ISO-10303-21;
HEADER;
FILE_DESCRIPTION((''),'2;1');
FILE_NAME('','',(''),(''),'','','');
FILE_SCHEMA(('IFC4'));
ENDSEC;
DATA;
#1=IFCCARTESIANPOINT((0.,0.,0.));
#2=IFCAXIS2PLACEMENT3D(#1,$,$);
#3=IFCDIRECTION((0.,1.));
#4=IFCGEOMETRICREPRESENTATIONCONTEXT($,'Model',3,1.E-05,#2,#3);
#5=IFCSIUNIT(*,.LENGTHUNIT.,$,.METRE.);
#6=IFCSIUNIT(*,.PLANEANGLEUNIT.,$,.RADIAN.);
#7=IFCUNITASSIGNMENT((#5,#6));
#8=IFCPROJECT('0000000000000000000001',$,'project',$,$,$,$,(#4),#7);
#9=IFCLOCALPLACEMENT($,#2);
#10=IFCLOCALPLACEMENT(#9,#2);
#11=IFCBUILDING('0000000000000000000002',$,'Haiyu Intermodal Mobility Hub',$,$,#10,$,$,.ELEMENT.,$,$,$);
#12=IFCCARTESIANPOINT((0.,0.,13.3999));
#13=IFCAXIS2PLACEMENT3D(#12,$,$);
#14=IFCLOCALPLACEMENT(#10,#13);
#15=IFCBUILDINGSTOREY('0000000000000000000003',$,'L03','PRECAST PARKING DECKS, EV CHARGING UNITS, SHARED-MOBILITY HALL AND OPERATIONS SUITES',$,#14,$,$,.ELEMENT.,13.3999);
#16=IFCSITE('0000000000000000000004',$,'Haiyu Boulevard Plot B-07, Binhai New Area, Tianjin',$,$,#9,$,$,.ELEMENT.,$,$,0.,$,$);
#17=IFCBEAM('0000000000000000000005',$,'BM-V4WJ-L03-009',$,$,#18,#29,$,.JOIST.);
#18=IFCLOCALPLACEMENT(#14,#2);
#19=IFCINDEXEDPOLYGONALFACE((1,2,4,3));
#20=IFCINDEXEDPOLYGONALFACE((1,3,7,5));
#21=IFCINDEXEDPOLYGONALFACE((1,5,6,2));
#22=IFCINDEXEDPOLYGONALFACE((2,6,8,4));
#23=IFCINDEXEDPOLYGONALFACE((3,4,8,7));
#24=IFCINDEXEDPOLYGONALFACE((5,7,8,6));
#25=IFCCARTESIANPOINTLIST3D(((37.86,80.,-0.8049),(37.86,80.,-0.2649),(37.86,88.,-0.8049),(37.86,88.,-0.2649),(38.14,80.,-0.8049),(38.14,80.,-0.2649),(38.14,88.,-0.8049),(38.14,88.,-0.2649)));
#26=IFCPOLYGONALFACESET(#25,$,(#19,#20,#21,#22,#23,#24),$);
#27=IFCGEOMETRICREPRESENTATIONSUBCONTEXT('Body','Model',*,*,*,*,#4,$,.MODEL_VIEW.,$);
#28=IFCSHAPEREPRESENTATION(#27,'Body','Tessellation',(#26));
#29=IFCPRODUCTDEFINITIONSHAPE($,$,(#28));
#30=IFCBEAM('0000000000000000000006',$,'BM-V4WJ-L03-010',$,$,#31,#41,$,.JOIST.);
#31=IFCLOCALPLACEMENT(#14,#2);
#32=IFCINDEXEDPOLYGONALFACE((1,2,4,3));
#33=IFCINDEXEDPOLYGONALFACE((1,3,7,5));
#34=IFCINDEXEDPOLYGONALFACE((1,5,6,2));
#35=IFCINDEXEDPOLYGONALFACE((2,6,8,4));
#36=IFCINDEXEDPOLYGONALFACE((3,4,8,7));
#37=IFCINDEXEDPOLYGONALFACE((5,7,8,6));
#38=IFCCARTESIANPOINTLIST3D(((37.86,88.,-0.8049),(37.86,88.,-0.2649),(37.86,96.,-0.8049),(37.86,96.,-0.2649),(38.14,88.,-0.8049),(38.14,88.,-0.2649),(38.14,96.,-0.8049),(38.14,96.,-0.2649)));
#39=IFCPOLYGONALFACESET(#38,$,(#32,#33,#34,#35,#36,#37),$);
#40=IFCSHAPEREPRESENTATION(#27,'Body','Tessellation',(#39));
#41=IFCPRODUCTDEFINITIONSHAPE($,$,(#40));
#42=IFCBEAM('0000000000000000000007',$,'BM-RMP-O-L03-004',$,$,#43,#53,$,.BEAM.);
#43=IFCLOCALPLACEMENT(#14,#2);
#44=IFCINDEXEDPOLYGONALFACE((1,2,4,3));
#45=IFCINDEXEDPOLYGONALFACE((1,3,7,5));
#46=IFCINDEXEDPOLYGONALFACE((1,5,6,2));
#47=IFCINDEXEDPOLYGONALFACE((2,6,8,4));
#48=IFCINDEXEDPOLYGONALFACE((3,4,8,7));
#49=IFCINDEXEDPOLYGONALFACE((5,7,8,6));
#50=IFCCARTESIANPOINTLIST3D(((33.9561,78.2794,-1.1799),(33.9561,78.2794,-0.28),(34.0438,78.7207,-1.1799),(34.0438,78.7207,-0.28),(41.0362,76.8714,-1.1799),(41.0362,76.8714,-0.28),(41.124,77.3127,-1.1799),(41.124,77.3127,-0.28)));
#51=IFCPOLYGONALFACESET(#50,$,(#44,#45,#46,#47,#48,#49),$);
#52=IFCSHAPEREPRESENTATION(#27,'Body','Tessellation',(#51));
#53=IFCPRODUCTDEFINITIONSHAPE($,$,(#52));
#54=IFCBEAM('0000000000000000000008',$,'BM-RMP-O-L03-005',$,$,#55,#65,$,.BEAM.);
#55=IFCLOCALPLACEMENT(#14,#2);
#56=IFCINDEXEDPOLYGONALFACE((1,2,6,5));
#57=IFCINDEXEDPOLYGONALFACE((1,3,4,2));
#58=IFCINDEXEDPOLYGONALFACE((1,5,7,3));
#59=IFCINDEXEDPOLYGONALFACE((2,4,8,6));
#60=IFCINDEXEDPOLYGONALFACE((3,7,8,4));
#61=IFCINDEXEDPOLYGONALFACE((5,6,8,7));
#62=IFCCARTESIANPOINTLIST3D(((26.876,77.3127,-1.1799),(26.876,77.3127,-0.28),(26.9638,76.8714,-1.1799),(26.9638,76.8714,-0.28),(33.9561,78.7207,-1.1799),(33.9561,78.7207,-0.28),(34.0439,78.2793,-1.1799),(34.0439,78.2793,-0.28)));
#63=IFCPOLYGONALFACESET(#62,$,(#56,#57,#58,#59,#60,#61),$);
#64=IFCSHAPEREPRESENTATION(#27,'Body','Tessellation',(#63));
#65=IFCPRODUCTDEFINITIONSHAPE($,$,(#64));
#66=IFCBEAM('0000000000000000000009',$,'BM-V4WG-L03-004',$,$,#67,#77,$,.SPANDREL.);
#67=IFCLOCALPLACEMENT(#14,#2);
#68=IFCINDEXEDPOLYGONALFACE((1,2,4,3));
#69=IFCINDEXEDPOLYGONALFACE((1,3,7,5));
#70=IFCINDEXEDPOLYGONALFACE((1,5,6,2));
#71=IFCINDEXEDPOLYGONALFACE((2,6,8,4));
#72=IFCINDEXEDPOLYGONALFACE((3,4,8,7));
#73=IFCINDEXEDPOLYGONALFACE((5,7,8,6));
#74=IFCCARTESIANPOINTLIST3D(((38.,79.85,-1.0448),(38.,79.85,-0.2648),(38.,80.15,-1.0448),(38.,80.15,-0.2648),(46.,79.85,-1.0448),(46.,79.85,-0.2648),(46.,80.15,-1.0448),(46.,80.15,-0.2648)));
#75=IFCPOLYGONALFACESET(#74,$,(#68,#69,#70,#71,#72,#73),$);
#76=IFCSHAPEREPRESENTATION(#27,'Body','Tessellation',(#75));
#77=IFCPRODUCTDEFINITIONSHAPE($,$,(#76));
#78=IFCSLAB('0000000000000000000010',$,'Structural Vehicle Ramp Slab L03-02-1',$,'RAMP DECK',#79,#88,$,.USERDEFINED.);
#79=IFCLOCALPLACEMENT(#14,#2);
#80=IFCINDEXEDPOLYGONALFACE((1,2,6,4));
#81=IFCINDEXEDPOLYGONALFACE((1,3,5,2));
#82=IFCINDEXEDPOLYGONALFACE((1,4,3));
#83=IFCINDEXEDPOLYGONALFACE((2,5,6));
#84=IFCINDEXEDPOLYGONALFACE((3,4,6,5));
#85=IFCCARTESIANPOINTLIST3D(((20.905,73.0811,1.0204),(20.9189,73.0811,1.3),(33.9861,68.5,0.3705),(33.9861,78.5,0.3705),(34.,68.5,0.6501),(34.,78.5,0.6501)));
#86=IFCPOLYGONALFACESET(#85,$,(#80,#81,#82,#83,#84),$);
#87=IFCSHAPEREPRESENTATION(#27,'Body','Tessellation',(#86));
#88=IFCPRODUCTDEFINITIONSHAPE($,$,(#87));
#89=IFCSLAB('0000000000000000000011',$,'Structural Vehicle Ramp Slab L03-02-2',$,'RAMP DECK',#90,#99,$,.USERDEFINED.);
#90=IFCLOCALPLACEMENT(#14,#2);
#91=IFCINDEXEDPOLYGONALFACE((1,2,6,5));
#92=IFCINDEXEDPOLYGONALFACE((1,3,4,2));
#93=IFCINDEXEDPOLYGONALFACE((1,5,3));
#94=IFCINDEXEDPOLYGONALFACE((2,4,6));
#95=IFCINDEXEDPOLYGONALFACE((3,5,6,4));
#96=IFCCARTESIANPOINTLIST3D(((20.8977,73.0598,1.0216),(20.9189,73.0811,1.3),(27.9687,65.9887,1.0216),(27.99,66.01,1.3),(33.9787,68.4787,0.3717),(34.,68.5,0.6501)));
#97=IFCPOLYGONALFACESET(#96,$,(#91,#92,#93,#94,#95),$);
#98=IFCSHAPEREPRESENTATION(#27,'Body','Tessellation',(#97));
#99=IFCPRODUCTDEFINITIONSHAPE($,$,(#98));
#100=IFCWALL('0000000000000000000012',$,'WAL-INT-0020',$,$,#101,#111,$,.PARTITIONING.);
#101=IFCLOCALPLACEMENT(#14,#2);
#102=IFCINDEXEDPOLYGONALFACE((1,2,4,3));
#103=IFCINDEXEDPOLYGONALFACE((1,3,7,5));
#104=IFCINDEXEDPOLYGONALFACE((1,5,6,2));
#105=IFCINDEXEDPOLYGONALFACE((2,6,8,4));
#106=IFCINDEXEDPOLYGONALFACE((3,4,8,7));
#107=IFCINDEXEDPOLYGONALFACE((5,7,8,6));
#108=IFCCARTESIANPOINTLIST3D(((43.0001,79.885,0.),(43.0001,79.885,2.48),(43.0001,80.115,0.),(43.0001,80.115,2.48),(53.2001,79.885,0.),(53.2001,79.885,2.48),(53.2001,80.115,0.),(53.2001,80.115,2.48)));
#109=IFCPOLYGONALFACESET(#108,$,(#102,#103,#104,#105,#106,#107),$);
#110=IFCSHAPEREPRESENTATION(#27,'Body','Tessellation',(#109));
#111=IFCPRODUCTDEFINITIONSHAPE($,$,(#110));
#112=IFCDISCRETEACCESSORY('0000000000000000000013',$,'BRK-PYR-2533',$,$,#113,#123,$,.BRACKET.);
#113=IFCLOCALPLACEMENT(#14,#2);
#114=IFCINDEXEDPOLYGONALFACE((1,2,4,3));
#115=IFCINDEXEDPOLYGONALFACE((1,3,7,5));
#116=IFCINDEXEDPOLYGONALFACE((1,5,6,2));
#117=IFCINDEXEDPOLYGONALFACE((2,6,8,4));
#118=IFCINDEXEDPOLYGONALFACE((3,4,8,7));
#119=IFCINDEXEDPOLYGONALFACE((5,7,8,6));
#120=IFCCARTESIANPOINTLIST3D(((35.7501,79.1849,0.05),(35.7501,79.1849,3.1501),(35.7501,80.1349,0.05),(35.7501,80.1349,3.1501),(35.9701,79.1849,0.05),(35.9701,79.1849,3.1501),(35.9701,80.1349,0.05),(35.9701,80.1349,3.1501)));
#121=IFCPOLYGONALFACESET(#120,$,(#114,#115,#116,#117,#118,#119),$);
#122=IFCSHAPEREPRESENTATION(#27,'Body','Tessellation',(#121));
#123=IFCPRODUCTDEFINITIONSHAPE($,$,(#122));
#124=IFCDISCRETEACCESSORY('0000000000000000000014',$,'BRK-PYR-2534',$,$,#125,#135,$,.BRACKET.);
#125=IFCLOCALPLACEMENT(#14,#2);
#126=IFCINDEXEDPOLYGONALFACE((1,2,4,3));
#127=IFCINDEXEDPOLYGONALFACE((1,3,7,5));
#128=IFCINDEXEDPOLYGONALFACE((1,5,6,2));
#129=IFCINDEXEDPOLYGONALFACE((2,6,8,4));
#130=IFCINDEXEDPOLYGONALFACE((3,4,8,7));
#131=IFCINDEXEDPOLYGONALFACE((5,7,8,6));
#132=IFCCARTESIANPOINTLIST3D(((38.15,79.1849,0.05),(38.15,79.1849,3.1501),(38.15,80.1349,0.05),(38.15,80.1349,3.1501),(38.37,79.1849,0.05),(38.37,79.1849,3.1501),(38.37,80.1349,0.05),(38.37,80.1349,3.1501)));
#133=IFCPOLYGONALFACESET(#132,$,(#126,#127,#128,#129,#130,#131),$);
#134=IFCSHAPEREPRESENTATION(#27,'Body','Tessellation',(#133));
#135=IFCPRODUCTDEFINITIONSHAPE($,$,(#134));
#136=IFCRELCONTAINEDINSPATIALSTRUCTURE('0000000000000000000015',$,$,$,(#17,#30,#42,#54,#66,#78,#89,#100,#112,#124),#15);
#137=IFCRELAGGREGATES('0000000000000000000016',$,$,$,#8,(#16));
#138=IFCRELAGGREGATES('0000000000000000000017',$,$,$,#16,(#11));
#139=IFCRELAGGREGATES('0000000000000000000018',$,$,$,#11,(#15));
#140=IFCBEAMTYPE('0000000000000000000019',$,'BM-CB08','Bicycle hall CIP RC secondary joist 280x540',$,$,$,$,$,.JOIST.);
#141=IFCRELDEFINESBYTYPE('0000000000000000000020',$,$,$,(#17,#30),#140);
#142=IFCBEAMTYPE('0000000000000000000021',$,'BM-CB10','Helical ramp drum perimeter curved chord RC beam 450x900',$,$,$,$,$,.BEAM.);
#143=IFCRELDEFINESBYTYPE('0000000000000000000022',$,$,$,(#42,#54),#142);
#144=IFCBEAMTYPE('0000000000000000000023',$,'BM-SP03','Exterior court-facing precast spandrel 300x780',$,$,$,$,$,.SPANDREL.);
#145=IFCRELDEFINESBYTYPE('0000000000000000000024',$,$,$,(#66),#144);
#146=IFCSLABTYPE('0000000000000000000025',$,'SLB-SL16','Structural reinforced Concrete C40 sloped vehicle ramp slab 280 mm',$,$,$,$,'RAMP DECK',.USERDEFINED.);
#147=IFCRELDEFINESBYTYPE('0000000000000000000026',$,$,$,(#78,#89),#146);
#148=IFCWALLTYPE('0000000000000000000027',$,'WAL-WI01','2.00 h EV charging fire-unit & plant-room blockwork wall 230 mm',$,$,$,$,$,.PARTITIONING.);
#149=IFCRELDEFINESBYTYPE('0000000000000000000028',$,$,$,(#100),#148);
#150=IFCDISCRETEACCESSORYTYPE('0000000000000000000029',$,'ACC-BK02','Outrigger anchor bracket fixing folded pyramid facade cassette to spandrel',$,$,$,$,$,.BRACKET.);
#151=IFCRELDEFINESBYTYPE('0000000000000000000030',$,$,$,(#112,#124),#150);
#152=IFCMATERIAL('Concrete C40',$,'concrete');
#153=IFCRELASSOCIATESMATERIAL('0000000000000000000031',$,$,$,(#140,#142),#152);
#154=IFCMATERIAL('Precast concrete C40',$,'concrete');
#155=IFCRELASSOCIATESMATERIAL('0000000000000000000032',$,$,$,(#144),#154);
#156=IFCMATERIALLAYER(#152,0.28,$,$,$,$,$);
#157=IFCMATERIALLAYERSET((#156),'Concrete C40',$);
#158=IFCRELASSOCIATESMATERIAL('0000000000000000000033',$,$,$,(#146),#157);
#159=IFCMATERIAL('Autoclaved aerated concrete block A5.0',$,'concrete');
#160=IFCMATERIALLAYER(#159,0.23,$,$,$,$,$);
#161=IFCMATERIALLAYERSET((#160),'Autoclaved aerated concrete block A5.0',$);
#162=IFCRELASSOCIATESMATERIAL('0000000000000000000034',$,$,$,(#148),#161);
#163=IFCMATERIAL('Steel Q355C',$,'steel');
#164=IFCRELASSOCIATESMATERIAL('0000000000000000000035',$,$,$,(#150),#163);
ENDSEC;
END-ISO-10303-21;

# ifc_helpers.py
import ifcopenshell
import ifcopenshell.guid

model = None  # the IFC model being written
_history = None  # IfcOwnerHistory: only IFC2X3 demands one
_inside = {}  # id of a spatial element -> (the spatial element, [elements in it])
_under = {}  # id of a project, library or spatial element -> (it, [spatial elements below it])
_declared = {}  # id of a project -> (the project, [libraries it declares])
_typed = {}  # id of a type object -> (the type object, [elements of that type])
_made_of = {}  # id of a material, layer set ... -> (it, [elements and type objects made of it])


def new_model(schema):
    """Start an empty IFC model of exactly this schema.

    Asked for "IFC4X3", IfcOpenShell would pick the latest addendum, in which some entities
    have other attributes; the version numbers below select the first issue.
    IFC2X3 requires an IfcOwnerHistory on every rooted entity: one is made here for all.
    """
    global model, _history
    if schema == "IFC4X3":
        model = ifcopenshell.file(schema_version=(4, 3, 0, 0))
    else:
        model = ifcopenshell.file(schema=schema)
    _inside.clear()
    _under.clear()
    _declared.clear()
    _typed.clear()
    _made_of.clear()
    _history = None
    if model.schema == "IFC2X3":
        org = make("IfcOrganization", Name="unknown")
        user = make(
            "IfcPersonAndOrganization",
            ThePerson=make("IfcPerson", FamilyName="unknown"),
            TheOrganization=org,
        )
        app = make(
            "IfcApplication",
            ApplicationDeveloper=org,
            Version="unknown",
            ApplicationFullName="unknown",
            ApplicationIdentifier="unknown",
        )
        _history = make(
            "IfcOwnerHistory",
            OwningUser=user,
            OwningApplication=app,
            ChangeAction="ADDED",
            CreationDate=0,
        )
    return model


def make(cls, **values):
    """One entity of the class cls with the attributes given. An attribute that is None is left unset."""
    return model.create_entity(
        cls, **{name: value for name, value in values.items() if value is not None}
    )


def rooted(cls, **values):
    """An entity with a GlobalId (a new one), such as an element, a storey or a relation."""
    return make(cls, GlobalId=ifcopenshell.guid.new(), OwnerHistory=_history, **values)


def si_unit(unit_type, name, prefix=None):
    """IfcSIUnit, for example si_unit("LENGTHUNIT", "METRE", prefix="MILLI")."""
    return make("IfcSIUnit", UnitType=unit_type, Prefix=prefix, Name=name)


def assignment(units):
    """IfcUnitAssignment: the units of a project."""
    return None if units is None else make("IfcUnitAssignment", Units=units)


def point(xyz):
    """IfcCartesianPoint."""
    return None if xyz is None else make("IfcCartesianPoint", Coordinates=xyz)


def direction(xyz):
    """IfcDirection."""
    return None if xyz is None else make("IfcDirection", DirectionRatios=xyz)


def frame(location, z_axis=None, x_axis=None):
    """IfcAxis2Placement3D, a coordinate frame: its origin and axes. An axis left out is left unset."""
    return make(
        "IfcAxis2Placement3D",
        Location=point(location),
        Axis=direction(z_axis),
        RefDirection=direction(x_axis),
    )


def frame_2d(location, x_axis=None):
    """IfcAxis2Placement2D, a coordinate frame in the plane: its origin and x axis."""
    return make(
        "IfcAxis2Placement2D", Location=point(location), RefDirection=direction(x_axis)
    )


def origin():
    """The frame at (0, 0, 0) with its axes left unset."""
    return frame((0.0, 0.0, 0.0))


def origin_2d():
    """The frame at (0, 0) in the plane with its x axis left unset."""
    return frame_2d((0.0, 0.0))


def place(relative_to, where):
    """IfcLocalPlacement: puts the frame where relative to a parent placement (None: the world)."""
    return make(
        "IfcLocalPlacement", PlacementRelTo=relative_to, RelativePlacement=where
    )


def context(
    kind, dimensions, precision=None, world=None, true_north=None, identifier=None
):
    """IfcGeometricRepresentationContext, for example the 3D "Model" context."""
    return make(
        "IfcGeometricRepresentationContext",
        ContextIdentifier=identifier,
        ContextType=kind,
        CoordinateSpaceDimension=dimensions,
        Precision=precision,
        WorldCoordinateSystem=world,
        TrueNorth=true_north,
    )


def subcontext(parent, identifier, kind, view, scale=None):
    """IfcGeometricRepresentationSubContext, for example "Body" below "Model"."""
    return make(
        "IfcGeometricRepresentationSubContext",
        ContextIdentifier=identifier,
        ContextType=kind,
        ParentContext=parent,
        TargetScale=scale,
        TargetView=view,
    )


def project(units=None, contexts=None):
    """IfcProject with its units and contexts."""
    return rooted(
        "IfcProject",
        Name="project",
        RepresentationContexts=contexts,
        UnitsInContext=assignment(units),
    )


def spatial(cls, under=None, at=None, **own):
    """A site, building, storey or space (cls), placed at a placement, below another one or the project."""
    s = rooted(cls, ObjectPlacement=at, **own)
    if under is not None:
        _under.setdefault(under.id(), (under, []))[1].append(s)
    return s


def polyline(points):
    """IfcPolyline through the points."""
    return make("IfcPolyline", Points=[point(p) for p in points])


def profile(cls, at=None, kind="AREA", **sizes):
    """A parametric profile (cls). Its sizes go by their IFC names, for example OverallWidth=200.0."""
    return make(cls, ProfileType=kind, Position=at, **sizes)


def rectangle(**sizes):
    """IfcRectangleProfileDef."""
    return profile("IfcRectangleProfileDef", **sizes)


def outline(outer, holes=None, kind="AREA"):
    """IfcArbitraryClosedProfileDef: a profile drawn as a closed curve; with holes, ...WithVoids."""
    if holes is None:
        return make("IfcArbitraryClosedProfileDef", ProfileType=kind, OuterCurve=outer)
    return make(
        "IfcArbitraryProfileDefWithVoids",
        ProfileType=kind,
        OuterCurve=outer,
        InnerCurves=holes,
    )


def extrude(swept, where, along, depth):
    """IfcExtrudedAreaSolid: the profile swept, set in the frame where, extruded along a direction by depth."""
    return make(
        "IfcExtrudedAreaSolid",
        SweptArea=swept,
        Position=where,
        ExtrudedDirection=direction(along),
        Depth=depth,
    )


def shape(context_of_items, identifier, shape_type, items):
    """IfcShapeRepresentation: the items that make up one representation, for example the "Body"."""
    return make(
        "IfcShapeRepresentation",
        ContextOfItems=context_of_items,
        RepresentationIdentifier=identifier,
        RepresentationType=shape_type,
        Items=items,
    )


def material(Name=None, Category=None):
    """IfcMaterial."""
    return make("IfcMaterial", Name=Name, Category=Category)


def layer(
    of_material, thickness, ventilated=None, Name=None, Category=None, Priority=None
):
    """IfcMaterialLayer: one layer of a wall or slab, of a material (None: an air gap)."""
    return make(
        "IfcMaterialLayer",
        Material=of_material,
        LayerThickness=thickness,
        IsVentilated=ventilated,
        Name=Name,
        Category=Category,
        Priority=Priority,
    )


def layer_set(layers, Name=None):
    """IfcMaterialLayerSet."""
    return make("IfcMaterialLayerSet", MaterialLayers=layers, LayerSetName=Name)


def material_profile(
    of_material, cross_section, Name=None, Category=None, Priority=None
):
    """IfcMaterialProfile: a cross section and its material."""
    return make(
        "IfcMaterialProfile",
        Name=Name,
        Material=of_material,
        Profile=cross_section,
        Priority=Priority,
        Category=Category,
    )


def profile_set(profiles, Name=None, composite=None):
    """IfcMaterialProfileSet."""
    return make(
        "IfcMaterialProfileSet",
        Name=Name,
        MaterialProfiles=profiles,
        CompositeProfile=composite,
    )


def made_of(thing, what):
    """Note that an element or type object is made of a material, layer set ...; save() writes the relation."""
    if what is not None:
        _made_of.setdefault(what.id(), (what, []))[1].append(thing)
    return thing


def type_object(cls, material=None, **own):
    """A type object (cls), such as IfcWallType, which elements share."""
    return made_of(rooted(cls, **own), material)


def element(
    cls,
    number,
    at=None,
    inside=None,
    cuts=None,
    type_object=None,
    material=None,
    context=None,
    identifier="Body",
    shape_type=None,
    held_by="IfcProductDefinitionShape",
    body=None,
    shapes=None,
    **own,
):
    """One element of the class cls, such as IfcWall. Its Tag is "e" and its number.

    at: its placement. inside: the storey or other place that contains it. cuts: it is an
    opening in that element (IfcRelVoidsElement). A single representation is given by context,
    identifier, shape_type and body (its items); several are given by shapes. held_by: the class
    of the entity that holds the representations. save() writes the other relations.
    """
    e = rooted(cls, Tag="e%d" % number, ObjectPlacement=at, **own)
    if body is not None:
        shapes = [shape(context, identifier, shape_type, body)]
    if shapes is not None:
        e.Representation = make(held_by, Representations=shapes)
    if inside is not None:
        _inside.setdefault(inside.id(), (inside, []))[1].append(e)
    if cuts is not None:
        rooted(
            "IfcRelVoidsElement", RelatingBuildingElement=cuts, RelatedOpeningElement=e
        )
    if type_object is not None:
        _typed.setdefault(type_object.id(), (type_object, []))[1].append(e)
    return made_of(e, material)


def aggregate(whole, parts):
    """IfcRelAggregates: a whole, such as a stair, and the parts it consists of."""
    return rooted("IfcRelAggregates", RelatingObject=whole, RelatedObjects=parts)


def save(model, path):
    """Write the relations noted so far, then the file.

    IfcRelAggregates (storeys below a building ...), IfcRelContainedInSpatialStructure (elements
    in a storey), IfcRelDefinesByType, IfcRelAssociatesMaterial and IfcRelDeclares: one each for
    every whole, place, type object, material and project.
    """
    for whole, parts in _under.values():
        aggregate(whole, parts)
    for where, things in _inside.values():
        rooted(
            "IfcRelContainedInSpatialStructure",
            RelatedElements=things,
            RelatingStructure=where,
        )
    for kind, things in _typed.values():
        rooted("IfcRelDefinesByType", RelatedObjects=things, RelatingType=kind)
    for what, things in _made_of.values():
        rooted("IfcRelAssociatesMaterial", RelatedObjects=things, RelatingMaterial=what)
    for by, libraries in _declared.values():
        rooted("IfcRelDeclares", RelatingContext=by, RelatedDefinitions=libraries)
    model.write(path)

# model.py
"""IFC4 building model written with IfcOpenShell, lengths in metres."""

from ifc_helpers import new_model, si_unit, direction, frame, frame_2d, origin, origin_2d, place, context, subcontext, project, spatial, polyline, rectangle, outline, extrude, material, layer, layer_set, material_profile, profile_set, type_object, element, save


model = new_model("IFC4")

# Units and contexts
model_context = context("Model", 3, precision=1e-05, world=origin(), true_north=direction((0.0, 1.0)))
body_context = subcontext(model_context, "Body", "Model", "MODEL_VIEW")
ifc_project = project(units=[si_unit("LENGTHUNIT", "METRE"), si_unit("PLANEANGLEUNIT", "RADIAN")], contexts=[model_context])

# Site, building, storey
site_placement = place(None, origin())
site = spatial("IfcSite", under=ifc_project, at=site_placement, Name="Haiyu Boulevard Plot B-07, Binhai New Area, Tianjin", CompositionType="ELEMENT", RefElevation=0.0)
building_placement = place(site_placement, origin())
building = spatial("IfcBuilding", under=site, at=building_placement, Name="Haiyu Intermodal Mobility Hub", CompositionType="ELEMENT")
storey_placement = place(building_placement, frame((0.0, 0.0, 13.3999)))
storey = spatial("IfcBuildingStorey", under=building, at=storey_placement, Name="L03", Description="PRECAST PARKING DECKS, EV CHARGING UNITS, SHARED-MOBILITY HALL AND OPERATIONS SUITES", CompositionType="ELEMENT", Elevation=13.3999)

# Shared definitions
ifc_material_1 = material(Name="Precast concrete C40", Category="concrete")
ifc_material_2 = material(Name="Concrete C40", Category="concrete")

# Beams
ifc_material_profile_1 = material_profile(ifc_material_2, rectangle(XDim=0.28, YDim=0.54, at=origin_2d()), Name="RCB280x540")
ifc_profile_set_1 = profile_set([ifc_material_profile_1], Name="Concrete C40")
beam_type_1 = type_object("IfcBeamType", Name="BM-CB08", Description="Bicycle hall CIP RC secondary joist 280x540", PredefinedType="JOIST", material=ifc_profile_set_1)
for number, where, z_axis, x_axis, name in (
    (1, (38.0, 80.0, -0.5349), (0.0, 1.0, 0.0), (-1.0, 0.0, 0.0), "BM-V4WJ-L03-009"),
    (2, (38.0, 88.0, -0.5349), (0.0, 1.0, 0.0), (-1.0, 0.0, 0.0), "BM-V4WJ-L03-010"),
):
    element("IfcBeam", number, at=place(storey_placement, frame(where, z_axis=z_axis, x_axis=x_axis)), inside=storey, type_object=beam_type_1, Name=name, PredefinedType="JOIST", context=body_context, shape_type="SweptSolid", body=[
        extrude(rectangle(XDim=0.28, YDim=0.54, at=origin_2d()), origin(), (0.0, 0.0, 1.0), 8.0),
    ])
ifc_material_profile_2 = material_profile(ifc_material_2, rectangle(XDim=0.45, YDim=0.8999, at=origin_2d()), Name="RCB450x900")
ifc_profile_set_2 = profile_set([ifc_material_profile_2], Name="Concrete C40")
beam_type_2 = type_object("IfcBeamType", Name="BM-CB10", Description="Helical ramp drum perimeter curved chord RC beam 450x900", PredefinedType="BEAM", material=ifc_profile_set_2)
for number, where, z_axis, x_axis, name in (
    (3, (41.0801, 77.092, -0.73), (-0.980795, 0.195043, 0.0), (-0.195043, -0.980795, 0.0), "BM-RMP-O-L03-004"),
    (4, (34.0, 78.5, -0.73), (-0.980795, -0.195043, 0.0), (0.195043, -0.980795, 0.0), "BM-RMP-O-L03-005"),
):
    element("IfcBeam", number, at=place(storey_placement, frame(where, z_axis=z_axis, x_axis=x_axis)), inside=storey, type_object=beam_type_2, Name=name, PredefinedType="BEAM", context=body_context, shape_type="SweptSolid", body=[
        extrude(rectangle(XDim=0.45, YDim=0.8999, at=origin_2d()), origin(), (0.0, 0.0, 1.0), 7.2188),
    ])
ifc_material_profile_3 = material_profile(ifc_material_1, rectangle(XDim=0.3, YDim=0.78, at=origin_2d()), Name="PC300x780")
ifc_profile_set_3 = profile_set([ifc_material_profile_3], Name="Precast concrete C40")
beam_type_3 = type_object("IfcBeamType", Name="BM-SP03", Description="Exterior court-facing precast spandrel 300x780", PredefinedType="SPANDREL", material=ifc_profile_set_3)
beam_1_placement = place(storey_placement, frame((38.0, 80.0, -0.6548), z_axis=(1.0, 0.0, 0.0), x_axis=(0.0, 1.0, 0.0)))
element("IfcBeam", 5, at=beam_1_placement, inside=storey, type_object=beam_type_3, Name="BM-V4WG-L03-004", PredefinedType="SPANDREL", context=body_context, shape_type="SweptSolid", body=[
    extrude(rectangle(XDim=0.3, YDim=0.78, at=origin_2d()), origin(), (0.0, 0.0, 1.0), 8.0),
])

# Slabs
ifc_layer_1 = layer(ifc_material_2, 0.28)
ifc_layer_set_1 = layer_set([ifc_layer_1], Name="Concrete C40")
slab_type = type_object("IfcSlabType", Name="SLB-SL16", Description="Structural reinforced Concrete C40 sloped vehicle ramp slab 280 mm", ElementType="RAMP DECK", PredefinedType="USERDEFINED", material=ifc_layer_set_1)
slab_1_placement = place(storey_placement, frame((34.0, 68.5, 0.6501), z_axis=(0.049622, 0.0, 0.998768), x_axis=(0.0, 1.0, 0.0)))
element("IfcSlab", 6, at=slab_1_placement, inside=storey, type_object=slab_type, Name="Structural Vehicle Ramp Slab L03-02-1", ObjectType="RAMP DECK", PredefinedType="USERDEFINED", context=body_context, shape_type="SweptSolid", body=[
    extrude(outline(polyline([(0.0, 0.0), (10.0, 0.0), (4.5811, 13.0972), (0.0, 0.0)])), origin(), (0.0, 0.0, -1.0), 0.28),
])
slab_2_placement = place(storey_placement, frame((34.0, 68.5, 0.6501), z_axis=(0.076016, 0.076016, 0.994205), x_axis=(-0.942762, 0.33016, 0.046839)))
element("IfcSlab", 7, at=slab_2_placement, inside=storey, type_object=slab_type, Name="Structural Vehicle Ramp Slab L03-02-2", ObjectType="RAMP DECK", PredefinedType="USERDEFINED", context=body_context, shape_type="SweptSolid", body=[
    extrude(outline(polyline([(0.0, 0.0), (13.8752, 0.0), (4.8744, 4.357), (0.0, 0.0)])), origin(), (0.0, 0.0, -1.0), 0.28),
])

# Wall
ifc_material_3 = material(Name="Autoclaved aerated concrete block A5.0", Category="concrete")
ifc_layer_2 = layer(ifc_material_3, 0.23)
ifc_layer_set_2 = layer_set([ifc_layer_2], Name="Autoclaved aerated concrete block A5.0")
wall_type = type_object("IfcWallType", Name="WAL-WI01", Description="2.00 h EV charging fire-unit & plant-room blockwork wall 230 mm", PredefinedType="PARTITIONING", material=ifc_layer_set_2)
wall_placement = place(storey_placement, frame((43.0, 80.0, 0.0), z_axis=(0.0, 0.0, 1.0), x_axis=(1.0, 0.0, 0.0)))
element("IfcWall", 8, at=wall_placement, inside=storey, type_object=wall_type, Name="WAL-INT-0020", PredefinedType="PARTITIONING", context=body_context, shape_type="SweptSolid", body=[
    extrude(rectangle(XDim=10.2, YDim=0.23, at=frame_2d((5.1001, 0.0))), origin(), (0.0, 0.0, 1.0), 2.48),
])

# Shared definitions
ifc_material_4 = material(Name="Steel Q355C", Category="steel")

# Discrete accessories
discrete_accessory_type = type_object("IfcDiscreteAccessoryType", Name="ACC-BK02", Description="Outrigger anchor bracket fixing folded pyramid facade cassette to spandrel", PredefinedType="BRACKET", material=ifc_material_4)
for number, where, z_axis, x_axis, name in (
    (9, (35.8601, 79.6599, 0.05), (0.0, 0.0, 1.0), (1.0, 0.0, 0.0), "BRK-PYR-2533"),
    (10, (38.26, 79.6599, 0.05), (0.0, 0.0, 1.0), (1.0, 0.0, 0.0), "BRK-PYR-2534"),
):
    element("IfcDiscreteAccessory", number, at=place(storey_placement, frame(where, z_axis=z_axis, x_axis=x_axis)), inside=storey, type_object=discrete_accessory_type, Name=name, PredefinedType="BRACKET", context=body_context, shape_type="SweptSolid", body=[
        extrude(rectangle(XDim=0.22, YDim=0.95, at=origin_2d()), origin(), (0.0, 0.0, 1.0), 3.1001),
    ])

save(model, "model.ifc")
